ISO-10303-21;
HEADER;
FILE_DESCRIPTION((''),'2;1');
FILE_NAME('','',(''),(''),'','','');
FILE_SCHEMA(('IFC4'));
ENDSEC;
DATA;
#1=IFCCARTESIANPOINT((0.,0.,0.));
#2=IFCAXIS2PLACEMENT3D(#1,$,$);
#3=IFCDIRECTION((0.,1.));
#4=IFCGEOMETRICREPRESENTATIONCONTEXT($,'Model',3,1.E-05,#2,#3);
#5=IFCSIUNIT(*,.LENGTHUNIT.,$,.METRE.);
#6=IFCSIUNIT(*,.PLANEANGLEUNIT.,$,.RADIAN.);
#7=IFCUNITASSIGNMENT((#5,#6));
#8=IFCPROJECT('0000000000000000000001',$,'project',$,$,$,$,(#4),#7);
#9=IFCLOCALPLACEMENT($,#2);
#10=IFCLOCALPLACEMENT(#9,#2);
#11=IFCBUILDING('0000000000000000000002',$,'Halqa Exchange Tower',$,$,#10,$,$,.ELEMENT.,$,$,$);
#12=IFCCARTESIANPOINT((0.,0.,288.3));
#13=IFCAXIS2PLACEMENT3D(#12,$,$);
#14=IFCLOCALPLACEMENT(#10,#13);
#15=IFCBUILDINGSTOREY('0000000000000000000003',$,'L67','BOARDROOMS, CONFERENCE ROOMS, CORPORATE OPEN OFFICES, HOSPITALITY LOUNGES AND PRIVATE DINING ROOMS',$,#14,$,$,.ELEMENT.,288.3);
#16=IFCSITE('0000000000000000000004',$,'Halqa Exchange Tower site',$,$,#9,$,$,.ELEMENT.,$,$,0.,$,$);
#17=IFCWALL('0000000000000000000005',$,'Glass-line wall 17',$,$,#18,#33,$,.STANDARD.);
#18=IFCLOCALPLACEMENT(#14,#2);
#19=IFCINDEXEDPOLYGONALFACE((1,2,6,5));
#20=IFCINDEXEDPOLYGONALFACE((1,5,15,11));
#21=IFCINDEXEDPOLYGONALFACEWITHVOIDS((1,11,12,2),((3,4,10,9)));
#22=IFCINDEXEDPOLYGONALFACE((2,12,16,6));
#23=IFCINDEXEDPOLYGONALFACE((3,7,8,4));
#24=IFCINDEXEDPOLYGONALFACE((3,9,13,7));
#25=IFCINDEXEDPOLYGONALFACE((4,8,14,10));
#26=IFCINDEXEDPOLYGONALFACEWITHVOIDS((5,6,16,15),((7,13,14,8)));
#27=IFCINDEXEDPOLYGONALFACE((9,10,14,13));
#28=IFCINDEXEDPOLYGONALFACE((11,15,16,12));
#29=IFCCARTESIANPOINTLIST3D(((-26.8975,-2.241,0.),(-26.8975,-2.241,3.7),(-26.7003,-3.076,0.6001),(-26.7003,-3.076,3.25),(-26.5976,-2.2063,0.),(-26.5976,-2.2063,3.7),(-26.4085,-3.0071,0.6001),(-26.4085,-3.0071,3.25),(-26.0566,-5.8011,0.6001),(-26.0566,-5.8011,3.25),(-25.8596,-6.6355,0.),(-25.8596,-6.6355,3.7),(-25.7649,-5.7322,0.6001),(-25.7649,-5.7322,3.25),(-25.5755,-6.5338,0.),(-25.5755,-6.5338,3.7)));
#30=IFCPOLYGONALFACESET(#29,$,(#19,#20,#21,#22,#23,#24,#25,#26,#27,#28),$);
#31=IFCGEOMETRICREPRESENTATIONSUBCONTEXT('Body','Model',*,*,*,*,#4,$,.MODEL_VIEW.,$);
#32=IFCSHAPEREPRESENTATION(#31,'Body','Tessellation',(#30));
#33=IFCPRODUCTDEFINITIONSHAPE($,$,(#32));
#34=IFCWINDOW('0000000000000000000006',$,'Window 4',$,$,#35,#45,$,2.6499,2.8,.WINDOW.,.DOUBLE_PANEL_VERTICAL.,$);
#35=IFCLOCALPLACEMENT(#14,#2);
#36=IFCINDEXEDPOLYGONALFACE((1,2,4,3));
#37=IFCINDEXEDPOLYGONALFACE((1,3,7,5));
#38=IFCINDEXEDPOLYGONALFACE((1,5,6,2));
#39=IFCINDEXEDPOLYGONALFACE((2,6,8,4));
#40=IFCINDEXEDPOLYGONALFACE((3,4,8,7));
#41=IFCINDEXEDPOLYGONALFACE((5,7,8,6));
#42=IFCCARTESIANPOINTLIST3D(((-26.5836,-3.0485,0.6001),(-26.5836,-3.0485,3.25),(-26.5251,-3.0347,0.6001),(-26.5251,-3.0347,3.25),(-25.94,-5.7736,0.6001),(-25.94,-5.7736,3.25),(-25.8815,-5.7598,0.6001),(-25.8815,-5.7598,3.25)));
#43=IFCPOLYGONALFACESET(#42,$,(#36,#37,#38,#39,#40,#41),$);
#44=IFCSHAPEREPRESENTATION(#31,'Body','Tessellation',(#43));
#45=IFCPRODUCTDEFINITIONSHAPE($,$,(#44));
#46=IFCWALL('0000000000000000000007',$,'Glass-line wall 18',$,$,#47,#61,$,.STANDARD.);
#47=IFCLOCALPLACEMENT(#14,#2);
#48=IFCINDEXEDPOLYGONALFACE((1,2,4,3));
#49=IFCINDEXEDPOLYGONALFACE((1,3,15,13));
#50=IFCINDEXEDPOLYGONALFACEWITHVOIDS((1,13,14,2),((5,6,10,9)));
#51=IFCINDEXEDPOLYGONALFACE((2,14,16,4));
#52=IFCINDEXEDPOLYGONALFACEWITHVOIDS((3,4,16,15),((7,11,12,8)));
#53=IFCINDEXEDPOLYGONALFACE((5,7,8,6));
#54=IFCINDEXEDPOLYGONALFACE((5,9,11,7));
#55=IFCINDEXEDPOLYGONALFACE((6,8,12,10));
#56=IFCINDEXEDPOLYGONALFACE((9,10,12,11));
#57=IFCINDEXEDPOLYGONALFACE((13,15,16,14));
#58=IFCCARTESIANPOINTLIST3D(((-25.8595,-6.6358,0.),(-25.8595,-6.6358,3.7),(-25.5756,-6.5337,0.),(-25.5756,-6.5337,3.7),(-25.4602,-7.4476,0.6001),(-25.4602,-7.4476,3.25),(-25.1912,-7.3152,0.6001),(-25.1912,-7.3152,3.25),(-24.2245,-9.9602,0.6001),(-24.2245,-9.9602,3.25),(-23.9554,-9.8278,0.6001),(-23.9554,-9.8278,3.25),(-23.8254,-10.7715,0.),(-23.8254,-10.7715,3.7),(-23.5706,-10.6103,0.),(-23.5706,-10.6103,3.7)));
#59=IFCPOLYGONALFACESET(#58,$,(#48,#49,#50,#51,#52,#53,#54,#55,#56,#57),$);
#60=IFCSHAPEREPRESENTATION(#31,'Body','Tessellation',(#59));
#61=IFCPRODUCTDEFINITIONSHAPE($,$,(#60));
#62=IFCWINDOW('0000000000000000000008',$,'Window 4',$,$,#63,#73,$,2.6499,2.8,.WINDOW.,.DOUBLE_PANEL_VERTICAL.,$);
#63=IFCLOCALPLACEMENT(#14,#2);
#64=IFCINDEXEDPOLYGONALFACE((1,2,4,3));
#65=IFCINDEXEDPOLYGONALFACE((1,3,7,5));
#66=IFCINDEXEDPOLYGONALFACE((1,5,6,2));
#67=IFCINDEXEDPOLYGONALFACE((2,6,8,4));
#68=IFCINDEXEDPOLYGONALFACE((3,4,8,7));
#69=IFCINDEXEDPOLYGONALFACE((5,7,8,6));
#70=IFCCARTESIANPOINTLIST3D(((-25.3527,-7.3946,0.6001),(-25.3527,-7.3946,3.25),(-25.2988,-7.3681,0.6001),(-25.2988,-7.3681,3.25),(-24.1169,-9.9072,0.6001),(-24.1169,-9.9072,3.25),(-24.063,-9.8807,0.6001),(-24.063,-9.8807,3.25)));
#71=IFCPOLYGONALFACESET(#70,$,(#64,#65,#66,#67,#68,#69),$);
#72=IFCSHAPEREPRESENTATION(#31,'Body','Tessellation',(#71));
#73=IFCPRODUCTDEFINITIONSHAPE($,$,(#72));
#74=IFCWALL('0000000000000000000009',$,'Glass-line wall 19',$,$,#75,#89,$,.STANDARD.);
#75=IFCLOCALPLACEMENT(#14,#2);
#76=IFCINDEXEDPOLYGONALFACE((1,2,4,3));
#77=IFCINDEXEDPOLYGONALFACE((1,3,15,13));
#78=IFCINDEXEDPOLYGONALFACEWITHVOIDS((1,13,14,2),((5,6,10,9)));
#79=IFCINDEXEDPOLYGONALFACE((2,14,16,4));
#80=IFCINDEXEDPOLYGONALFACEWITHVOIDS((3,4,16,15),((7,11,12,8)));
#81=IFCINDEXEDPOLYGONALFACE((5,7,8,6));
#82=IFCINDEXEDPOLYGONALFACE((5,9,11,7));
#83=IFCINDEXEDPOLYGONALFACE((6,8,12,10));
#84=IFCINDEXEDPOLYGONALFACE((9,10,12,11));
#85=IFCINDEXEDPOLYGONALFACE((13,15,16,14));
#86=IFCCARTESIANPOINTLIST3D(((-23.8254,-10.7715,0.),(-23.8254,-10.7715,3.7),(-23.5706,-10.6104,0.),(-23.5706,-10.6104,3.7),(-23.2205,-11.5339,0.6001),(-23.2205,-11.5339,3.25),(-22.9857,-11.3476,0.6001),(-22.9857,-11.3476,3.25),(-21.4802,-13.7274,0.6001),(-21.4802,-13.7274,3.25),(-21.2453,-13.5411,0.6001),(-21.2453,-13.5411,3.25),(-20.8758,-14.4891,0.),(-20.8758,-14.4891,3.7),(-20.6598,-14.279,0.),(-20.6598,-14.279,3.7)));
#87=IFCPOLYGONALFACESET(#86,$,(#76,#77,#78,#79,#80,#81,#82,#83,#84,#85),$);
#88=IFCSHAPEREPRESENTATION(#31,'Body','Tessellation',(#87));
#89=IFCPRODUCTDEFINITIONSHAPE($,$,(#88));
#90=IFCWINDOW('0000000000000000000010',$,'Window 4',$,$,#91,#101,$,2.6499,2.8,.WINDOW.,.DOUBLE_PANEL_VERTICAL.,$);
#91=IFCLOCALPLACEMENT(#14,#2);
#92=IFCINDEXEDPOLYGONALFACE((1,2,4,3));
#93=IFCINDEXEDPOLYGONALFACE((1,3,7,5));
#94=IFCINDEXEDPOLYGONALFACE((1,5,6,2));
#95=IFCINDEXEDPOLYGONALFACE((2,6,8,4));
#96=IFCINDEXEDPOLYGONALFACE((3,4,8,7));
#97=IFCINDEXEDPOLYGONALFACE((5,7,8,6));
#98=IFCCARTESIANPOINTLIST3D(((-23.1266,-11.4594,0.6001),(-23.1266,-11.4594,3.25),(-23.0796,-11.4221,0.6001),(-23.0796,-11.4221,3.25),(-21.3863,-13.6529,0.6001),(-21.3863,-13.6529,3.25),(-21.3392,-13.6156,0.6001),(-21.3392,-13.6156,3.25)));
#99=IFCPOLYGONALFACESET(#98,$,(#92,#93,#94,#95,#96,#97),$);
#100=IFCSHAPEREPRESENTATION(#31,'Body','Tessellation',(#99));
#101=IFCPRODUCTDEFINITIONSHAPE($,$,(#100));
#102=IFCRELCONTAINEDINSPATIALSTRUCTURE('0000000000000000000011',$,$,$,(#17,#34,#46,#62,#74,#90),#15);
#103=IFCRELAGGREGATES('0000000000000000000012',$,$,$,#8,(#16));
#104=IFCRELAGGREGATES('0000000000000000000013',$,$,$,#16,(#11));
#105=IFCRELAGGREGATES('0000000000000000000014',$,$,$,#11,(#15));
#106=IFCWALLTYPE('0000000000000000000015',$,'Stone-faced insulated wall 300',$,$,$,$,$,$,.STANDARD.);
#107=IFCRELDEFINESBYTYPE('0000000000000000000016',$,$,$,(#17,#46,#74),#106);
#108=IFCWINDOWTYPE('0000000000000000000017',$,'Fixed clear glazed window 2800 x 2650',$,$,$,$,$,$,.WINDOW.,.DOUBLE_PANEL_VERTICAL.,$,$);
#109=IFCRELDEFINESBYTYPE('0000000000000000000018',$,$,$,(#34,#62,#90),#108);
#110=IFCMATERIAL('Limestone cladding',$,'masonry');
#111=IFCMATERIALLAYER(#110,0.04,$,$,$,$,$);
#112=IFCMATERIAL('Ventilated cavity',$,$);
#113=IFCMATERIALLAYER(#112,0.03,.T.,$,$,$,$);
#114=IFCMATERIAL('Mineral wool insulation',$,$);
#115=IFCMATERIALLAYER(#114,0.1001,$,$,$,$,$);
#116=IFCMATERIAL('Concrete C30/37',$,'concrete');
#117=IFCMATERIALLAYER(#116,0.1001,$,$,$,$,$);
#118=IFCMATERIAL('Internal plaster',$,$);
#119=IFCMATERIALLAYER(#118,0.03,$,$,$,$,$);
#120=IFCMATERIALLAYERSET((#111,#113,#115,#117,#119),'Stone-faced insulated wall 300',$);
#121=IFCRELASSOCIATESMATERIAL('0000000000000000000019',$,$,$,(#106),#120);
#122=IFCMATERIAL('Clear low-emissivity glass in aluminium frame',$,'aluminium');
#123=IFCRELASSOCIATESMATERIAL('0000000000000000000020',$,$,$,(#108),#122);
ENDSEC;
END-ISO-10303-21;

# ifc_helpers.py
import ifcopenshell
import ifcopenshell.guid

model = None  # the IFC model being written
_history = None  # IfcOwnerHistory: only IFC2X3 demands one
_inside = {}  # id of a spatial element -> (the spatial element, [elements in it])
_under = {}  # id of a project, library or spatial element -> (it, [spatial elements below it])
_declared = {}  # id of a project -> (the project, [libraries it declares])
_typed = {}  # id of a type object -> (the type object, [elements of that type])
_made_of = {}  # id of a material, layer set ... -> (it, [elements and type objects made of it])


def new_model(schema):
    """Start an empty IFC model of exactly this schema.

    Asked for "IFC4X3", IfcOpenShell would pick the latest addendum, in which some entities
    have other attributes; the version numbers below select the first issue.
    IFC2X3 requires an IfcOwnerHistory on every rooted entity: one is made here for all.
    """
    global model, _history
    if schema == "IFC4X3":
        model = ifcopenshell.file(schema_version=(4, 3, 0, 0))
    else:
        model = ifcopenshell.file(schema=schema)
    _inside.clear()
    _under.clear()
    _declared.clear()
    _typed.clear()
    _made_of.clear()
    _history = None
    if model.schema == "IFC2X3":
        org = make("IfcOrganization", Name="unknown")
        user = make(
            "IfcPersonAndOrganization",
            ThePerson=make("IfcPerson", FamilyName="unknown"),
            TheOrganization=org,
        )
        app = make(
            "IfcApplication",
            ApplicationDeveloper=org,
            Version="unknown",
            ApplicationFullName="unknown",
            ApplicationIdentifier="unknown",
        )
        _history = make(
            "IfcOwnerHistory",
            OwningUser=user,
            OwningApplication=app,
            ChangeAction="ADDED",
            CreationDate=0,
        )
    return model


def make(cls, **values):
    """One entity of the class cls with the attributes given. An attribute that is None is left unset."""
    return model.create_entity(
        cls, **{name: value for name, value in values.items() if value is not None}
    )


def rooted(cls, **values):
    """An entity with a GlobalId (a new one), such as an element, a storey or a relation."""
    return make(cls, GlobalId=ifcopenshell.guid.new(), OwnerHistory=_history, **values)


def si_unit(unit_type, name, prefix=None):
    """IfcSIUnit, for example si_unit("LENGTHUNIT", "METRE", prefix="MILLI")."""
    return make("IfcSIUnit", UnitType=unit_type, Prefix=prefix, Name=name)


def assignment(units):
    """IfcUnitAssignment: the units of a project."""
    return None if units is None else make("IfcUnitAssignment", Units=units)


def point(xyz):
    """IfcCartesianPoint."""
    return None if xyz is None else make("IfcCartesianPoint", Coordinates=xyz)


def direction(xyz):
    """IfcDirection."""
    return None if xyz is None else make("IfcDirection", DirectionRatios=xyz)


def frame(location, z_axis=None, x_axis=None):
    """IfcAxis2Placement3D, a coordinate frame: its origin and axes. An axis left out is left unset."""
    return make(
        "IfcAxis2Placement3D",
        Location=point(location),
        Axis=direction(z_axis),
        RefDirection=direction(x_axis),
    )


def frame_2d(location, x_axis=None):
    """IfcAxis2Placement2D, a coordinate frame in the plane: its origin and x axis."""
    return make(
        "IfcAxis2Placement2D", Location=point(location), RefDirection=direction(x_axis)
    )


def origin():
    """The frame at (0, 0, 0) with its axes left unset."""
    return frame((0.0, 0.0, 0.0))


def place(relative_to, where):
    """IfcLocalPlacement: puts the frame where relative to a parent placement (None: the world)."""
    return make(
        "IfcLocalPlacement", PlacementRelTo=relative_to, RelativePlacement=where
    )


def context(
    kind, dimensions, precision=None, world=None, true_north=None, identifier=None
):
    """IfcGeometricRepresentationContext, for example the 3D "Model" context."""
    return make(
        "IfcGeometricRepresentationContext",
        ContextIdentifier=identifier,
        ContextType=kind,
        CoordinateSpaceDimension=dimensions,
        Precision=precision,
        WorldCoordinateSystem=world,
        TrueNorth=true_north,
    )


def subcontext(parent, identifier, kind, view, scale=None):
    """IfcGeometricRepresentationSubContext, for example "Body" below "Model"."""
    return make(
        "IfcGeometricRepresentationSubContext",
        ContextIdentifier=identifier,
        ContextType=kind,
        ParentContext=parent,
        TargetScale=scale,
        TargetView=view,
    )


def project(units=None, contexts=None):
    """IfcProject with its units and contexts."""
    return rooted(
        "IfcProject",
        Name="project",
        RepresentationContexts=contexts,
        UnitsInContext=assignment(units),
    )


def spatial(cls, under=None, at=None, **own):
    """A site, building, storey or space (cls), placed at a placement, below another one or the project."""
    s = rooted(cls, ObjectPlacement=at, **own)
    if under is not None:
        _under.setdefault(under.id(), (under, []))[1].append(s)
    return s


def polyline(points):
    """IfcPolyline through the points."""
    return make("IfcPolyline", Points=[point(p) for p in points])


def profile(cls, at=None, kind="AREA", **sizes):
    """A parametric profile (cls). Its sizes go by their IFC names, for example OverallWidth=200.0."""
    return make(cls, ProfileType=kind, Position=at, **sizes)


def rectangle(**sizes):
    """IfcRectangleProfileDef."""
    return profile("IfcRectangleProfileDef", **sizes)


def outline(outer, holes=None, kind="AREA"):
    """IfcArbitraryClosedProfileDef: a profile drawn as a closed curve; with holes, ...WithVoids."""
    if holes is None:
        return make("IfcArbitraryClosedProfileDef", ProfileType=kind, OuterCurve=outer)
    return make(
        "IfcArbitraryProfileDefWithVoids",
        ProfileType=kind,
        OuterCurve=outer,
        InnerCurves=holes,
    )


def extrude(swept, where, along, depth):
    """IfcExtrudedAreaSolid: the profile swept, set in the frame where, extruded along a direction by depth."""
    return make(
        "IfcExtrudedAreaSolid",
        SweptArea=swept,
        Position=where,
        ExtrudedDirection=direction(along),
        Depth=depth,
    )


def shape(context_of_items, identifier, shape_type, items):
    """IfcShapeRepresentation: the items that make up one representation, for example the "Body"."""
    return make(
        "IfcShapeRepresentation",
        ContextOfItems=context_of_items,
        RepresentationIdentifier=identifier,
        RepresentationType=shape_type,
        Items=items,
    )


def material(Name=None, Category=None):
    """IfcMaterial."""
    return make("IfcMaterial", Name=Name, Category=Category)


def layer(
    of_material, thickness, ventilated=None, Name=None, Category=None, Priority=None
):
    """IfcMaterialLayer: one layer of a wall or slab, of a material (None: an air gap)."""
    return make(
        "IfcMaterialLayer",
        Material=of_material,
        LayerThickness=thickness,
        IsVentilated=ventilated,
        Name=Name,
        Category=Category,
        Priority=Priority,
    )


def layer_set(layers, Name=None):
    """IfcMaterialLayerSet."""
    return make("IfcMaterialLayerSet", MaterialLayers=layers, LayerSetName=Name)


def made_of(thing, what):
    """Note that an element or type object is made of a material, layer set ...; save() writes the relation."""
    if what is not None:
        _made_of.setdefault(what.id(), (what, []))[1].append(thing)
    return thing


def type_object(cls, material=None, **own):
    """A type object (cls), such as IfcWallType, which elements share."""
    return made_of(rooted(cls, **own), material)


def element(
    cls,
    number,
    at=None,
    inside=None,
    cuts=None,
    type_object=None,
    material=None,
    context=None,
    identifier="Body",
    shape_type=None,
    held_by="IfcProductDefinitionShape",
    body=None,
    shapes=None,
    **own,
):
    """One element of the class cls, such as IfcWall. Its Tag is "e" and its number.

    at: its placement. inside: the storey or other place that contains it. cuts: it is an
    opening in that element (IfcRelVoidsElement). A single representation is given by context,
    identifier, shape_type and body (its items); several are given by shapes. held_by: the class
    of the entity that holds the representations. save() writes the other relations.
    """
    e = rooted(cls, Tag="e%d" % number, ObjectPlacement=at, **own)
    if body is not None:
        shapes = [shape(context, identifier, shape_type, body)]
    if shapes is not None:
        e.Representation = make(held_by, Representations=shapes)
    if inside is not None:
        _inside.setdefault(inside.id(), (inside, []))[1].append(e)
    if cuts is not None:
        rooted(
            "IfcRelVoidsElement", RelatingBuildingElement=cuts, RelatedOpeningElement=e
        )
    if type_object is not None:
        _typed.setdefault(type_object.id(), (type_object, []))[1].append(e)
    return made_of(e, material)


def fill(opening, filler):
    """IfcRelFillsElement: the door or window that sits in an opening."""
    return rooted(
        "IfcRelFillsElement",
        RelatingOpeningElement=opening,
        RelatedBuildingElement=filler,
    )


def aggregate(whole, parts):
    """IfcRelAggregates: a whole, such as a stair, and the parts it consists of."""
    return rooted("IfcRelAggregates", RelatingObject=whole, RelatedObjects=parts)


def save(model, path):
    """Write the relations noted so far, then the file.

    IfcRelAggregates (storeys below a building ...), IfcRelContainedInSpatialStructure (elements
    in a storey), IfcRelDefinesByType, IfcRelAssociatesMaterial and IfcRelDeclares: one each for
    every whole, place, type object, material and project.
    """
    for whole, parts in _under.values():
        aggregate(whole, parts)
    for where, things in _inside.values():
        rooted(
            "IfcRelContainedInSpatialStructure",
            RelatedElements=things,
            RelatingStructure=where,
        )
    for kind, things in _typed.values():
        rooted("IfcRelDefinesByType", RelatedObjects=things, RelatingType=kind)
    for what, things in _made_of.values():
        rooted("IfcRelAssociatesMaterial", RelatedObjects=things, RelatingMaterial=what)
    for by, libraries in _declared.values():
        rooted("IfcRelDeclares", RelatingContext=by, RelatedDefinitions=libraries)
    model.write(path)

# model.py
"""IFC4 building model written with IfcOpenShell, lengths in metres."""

from ifc_helpers import new_model, si_unit, direction, frame, frame_2d, origin, place, context, subcontext, project, spatial, polyline, rectangle, outline, extrude, material, layer, layer_set, type_object, element, fill, save


model = new_model("IFC4")

# Units and contexts
model_context = context("Model", 3, precision=1e-05, world=origin(), true_north=direction((0.0, 1.0)))
body_context = subcontext(model_context, "Body", "Model", "MODEL_VIEW")
ifc_project = project(units=[si_unit("LENGTHUNIT", "METRE"), si_unit("PLANEANGLEUNIT", "RADIAN")], contexts=[model_context])

# Site, building, storey
site_placement = place(None, origin())
site = spatial("IfcSite", under=ifc_project, at=site_placement, Name="Halqa Exchange Tower site", CompositionType="ELEMENT", RefElevation=0.0)
building_placement = place(site_placement, origin())
building = spatial("IfcBuilding", under=site, at=building_placement, Name="Halqa Exchange Tower", CompositionType="ELEMENT")
storey_placement = place(building_placement, frame((0.0, 0.0, 288.3)))
storey = spatial("IfcBuildingStorey", under=building, at=storey_placement, Name="L67", Description="BOARDROOMS, CONFERENCE ROOMS, CORPORATE OPEN OFFICES, HOSPITALITY LOUNGES AND PRIVATE DINING ROOMS", CompositionType="ELEMENT", Elevation=288.3)

# Walls, openings, windows
ifc_material_1 = material(Name="Limestone cladding", Category="masonry")
ifc_layer_1 = layer(ifc_material_1, 0.04)
ifc_material_2 = material(Name="Ventilated cavity")
ifc_layer_2 = layer(ifc_material_2, 0.03, ventilated=True)
ifc_material_3 = material(Name="Mineral wool insulation")
ifc_layer_3 = layer(ifc_material_3, 0.1001)
ifc_material_4 = material(Name="Concrete C30/37", Category="concrete")
ifc_layer_4 = layer(ifc_material_4, 0.1001)
ifc_material_5 = material(Name="Internal plaster")
ifc_layer_5 = layer(ifc_material_5, 0.03)
ifc_layer_set_1 = layer_set([ifc_layer_1, ifc_layer_2, ifc_layer_3, ifc_layer_4, ifc_layer_5], Name="Stone-faced insulated wall 300")
wall_type_1 = type_object("IfcWallType", Name="Stone-faced insulated wall 300", PredefinedType="STANDARD", material=ifc_layer_set_1)
wall_1_placement = place(storey_placement, frame((-26.7476, -2.2236, 0.0), z_axis=(0.0, 0.0, 1.0), x_axis=(0.229862, -0.973223, 0.0)))
wall_1 = element("IfcWall", 1, at=wall_1_placement, inside=storey, type_object=wall_type_1, Name="Glass-line wall 17", PredefinedType="STANDARD", context=body_context, shape_type="SweptSolid", body=[
    extrude(outline(polyline([(-0.0176, -0.1499), (4.4978, -0.1499), (4.4641, 0.1499), (0.0176, 0.1499), (-0.0176, -0.1499)])), origin(), (0.0, 0.0, 1.0), 3.7),
])
opening_1_placement = place(wall_1_placement, frame((0.8406, 0.0, 0.6001)))
opening_1 = element("IfcOpeningElement", 2, at=opening_1_placement, cuts=wall_1, PredefinedType="OPENING", context=body_context, shape_type="SweptSolid", body=[
    extrude(rectangle(XDim=2.8, YDim=2.6499, at=frame_2d((1.3999, 1.325))), frame((0.0, 0.1621, 0.0), z_axis=(0.0, -1.0, 0.0), x_axis=(1.0, 0.0, 0.0)), (0.0, 0.0, 1.0), 0.324),
])
ifc_material_6 = material(Name="Clear low-emissivity glass in aluminium frame", Category="aluminium")
window_type = type_object("IfcWindowType", Name="Fixed clear glazed window 2800 x 2650", PartitioningType="DOUBLE_PANEL_VERTICAL", PredefinedType="WINDOW", material=ifc_material_6)
window_1_placement = place(opening_1_placement, origin())
window_1 = element("IfcWindow", 3, at=window_1_placement, inside=storey, type_object=window_type, Name="Window 4", OverallHeight=2.6499, OverallWidth=2.8, PartitioningType="DOUBLE_PANEL_VERTICAL", PredefinedType="WINDOW", context=body_context, shape_type="SweptSolid", body=[
    extrude(rectangle(XDim=2.8, YDim=2.6499, at=frame_2d((1.3999, 1.325))), frame((0.0, 0.03, 0.0), z_axis=(0.0, -1.0, 0.0), x_axis=(1.0, 0.0, 0.0)), (0.0, 0.0, 1.0), 0.0601),
])
fill(opening_1, window_1)
wall_2_placement = place(storey_placement, frame((-25.7175, -6.5847, 0.0), z_axis=(0.0, 0.0, 1.0), x_axis=(0.441335, -0.897342, 0.0)))
wall_2 = element("IfcWall", 4, at=wall_2_placement, inside=storey, type_object=wall_type_1, Name="Glass-line wall 18", PredefinedType="STANDARD", context=body_context, shape_type="SweptSolid", body=[
    extrude(outline(polyline([(-0.0168, -0.1499), (4.592, -0.1499), (4.5598, 0.1499), (0.0168, 0.1499), (-0.0168, -0.1499)])), origin(), (0.0, 0.0, 1.0), 3.7),
])
opening_2_placement = place(wall_2_placement, frame((0.8879, 0.0, 0.6001)))
opening_2 = element("IfcOpeningElement", 5, at=opening_2_placement, cuts=wall_2, PredefinedType="OPENING", context=body_context, shape_type="SweptSolid", body=[
    extrude(rectangle(XDim=2.8, YDim=2.6499, at=frame_2d((1.3999, 1.325))), frame((0.0, 0.1621, 0.0), z_axis=(0.0, -1.0, 0.0), x_axis=(1.0, 0.0, 0.0)), (0.0, 0.0, 1.0), 0.324),
])
window_2_placement = place(opening_2_placement, origin())
window_2 = element("IfcWindow", 6, at=window_2_placement, inside=storey, type_object=window_type, Name="Window 4", OverallHeight=2.6499, OverallWidth=2.8, PartitioningType="DOUBLE_PANEL_VERTICAL", PredefinedType="WINDOW", context=body_context, shape_type="SweptSolid", body=[
    extrude(rectangle(XDim=2.8, YDim=2.6499, at=frame_2d((1.3999, 1.325))), frame((0.0, 0.03, 0.0), z_axis=(0.0, -1.0, 0.0), x_axis=(1.0, 0.0, 0.0)), (0.0, 0.0, 1.0), 0.0601),
])
fill(opening_2, window_2)
wall_3_placement = place(storey_placement, frame((-23.698, -10.6909, 0.0), z_axis=(0.0, 0.0, 1.0), x_axis=(0.621545, -0.783379, 0.0)))
wall_3 = element("IfcWall", 7, at=wall_3_placement, inside=storey, type_object=wall_type_1, Name="Glass-line wall 19", PredefinedType="STANDARD", context=body_context, shape_type="SweptSolid", body=[
    extrude(outline(polyline([(-0.0161, -0.1499), (4.7295, -0.1499), (4.6992, 0.1499), (0.0161, 0.1499), (-0.0161, -0.1499)])), origin(), (0.0, 0.0, 1.0), 3.7),
])
opening_3_placement = place(wall_3_placement, frame((0.9573, 0.0, 0.6001)))
opening_3 = element("IfcOpeningElement", 8, at=opening_3_placement, cuts=wall_3, PredefinedType="OPENING", context=body_context, shape_type="SweptSolid", body=[
    extrude(rectangle(XDim=2.8, YDim=2.6499, at=frame_2d((1.3999, 1.325))), frame((0.0, 0.1621, 0.0), z_axis=(0.0, -1.0, 0.0), x_axis=(1.0, 0.0, 0.0)), (0.0, 0.0, 1.0), 0.324),
])
window_3_placement = place(opening_3_placement, origin())
window_3 = element("IfcWindow", 9, at=window_3_placement, inside=storey, type_object=window_type, Name="Window 4", OverallHeight=2.6499, OverallWidth=2.8, PartitioningType="DOUBLE_PANEL_VERTICAL", PredefinedType="WINDOW", context=body_context, shape_type="SweptSolid", body=[
    extrude(rectangle(XDim=2.8, YDim=2.6499, at=frame_2d((1.3999, 1.325))), frame((0.0, 0.03, 0.0), z_axis=(0.0, -1.0, 0.0), x_axis=(1.0, 0.0, 0.0)), (0.0, 0.0, 1.0), 0.0601),
])
fill(opening_3, window_3)

save(model, "model.ifc")
